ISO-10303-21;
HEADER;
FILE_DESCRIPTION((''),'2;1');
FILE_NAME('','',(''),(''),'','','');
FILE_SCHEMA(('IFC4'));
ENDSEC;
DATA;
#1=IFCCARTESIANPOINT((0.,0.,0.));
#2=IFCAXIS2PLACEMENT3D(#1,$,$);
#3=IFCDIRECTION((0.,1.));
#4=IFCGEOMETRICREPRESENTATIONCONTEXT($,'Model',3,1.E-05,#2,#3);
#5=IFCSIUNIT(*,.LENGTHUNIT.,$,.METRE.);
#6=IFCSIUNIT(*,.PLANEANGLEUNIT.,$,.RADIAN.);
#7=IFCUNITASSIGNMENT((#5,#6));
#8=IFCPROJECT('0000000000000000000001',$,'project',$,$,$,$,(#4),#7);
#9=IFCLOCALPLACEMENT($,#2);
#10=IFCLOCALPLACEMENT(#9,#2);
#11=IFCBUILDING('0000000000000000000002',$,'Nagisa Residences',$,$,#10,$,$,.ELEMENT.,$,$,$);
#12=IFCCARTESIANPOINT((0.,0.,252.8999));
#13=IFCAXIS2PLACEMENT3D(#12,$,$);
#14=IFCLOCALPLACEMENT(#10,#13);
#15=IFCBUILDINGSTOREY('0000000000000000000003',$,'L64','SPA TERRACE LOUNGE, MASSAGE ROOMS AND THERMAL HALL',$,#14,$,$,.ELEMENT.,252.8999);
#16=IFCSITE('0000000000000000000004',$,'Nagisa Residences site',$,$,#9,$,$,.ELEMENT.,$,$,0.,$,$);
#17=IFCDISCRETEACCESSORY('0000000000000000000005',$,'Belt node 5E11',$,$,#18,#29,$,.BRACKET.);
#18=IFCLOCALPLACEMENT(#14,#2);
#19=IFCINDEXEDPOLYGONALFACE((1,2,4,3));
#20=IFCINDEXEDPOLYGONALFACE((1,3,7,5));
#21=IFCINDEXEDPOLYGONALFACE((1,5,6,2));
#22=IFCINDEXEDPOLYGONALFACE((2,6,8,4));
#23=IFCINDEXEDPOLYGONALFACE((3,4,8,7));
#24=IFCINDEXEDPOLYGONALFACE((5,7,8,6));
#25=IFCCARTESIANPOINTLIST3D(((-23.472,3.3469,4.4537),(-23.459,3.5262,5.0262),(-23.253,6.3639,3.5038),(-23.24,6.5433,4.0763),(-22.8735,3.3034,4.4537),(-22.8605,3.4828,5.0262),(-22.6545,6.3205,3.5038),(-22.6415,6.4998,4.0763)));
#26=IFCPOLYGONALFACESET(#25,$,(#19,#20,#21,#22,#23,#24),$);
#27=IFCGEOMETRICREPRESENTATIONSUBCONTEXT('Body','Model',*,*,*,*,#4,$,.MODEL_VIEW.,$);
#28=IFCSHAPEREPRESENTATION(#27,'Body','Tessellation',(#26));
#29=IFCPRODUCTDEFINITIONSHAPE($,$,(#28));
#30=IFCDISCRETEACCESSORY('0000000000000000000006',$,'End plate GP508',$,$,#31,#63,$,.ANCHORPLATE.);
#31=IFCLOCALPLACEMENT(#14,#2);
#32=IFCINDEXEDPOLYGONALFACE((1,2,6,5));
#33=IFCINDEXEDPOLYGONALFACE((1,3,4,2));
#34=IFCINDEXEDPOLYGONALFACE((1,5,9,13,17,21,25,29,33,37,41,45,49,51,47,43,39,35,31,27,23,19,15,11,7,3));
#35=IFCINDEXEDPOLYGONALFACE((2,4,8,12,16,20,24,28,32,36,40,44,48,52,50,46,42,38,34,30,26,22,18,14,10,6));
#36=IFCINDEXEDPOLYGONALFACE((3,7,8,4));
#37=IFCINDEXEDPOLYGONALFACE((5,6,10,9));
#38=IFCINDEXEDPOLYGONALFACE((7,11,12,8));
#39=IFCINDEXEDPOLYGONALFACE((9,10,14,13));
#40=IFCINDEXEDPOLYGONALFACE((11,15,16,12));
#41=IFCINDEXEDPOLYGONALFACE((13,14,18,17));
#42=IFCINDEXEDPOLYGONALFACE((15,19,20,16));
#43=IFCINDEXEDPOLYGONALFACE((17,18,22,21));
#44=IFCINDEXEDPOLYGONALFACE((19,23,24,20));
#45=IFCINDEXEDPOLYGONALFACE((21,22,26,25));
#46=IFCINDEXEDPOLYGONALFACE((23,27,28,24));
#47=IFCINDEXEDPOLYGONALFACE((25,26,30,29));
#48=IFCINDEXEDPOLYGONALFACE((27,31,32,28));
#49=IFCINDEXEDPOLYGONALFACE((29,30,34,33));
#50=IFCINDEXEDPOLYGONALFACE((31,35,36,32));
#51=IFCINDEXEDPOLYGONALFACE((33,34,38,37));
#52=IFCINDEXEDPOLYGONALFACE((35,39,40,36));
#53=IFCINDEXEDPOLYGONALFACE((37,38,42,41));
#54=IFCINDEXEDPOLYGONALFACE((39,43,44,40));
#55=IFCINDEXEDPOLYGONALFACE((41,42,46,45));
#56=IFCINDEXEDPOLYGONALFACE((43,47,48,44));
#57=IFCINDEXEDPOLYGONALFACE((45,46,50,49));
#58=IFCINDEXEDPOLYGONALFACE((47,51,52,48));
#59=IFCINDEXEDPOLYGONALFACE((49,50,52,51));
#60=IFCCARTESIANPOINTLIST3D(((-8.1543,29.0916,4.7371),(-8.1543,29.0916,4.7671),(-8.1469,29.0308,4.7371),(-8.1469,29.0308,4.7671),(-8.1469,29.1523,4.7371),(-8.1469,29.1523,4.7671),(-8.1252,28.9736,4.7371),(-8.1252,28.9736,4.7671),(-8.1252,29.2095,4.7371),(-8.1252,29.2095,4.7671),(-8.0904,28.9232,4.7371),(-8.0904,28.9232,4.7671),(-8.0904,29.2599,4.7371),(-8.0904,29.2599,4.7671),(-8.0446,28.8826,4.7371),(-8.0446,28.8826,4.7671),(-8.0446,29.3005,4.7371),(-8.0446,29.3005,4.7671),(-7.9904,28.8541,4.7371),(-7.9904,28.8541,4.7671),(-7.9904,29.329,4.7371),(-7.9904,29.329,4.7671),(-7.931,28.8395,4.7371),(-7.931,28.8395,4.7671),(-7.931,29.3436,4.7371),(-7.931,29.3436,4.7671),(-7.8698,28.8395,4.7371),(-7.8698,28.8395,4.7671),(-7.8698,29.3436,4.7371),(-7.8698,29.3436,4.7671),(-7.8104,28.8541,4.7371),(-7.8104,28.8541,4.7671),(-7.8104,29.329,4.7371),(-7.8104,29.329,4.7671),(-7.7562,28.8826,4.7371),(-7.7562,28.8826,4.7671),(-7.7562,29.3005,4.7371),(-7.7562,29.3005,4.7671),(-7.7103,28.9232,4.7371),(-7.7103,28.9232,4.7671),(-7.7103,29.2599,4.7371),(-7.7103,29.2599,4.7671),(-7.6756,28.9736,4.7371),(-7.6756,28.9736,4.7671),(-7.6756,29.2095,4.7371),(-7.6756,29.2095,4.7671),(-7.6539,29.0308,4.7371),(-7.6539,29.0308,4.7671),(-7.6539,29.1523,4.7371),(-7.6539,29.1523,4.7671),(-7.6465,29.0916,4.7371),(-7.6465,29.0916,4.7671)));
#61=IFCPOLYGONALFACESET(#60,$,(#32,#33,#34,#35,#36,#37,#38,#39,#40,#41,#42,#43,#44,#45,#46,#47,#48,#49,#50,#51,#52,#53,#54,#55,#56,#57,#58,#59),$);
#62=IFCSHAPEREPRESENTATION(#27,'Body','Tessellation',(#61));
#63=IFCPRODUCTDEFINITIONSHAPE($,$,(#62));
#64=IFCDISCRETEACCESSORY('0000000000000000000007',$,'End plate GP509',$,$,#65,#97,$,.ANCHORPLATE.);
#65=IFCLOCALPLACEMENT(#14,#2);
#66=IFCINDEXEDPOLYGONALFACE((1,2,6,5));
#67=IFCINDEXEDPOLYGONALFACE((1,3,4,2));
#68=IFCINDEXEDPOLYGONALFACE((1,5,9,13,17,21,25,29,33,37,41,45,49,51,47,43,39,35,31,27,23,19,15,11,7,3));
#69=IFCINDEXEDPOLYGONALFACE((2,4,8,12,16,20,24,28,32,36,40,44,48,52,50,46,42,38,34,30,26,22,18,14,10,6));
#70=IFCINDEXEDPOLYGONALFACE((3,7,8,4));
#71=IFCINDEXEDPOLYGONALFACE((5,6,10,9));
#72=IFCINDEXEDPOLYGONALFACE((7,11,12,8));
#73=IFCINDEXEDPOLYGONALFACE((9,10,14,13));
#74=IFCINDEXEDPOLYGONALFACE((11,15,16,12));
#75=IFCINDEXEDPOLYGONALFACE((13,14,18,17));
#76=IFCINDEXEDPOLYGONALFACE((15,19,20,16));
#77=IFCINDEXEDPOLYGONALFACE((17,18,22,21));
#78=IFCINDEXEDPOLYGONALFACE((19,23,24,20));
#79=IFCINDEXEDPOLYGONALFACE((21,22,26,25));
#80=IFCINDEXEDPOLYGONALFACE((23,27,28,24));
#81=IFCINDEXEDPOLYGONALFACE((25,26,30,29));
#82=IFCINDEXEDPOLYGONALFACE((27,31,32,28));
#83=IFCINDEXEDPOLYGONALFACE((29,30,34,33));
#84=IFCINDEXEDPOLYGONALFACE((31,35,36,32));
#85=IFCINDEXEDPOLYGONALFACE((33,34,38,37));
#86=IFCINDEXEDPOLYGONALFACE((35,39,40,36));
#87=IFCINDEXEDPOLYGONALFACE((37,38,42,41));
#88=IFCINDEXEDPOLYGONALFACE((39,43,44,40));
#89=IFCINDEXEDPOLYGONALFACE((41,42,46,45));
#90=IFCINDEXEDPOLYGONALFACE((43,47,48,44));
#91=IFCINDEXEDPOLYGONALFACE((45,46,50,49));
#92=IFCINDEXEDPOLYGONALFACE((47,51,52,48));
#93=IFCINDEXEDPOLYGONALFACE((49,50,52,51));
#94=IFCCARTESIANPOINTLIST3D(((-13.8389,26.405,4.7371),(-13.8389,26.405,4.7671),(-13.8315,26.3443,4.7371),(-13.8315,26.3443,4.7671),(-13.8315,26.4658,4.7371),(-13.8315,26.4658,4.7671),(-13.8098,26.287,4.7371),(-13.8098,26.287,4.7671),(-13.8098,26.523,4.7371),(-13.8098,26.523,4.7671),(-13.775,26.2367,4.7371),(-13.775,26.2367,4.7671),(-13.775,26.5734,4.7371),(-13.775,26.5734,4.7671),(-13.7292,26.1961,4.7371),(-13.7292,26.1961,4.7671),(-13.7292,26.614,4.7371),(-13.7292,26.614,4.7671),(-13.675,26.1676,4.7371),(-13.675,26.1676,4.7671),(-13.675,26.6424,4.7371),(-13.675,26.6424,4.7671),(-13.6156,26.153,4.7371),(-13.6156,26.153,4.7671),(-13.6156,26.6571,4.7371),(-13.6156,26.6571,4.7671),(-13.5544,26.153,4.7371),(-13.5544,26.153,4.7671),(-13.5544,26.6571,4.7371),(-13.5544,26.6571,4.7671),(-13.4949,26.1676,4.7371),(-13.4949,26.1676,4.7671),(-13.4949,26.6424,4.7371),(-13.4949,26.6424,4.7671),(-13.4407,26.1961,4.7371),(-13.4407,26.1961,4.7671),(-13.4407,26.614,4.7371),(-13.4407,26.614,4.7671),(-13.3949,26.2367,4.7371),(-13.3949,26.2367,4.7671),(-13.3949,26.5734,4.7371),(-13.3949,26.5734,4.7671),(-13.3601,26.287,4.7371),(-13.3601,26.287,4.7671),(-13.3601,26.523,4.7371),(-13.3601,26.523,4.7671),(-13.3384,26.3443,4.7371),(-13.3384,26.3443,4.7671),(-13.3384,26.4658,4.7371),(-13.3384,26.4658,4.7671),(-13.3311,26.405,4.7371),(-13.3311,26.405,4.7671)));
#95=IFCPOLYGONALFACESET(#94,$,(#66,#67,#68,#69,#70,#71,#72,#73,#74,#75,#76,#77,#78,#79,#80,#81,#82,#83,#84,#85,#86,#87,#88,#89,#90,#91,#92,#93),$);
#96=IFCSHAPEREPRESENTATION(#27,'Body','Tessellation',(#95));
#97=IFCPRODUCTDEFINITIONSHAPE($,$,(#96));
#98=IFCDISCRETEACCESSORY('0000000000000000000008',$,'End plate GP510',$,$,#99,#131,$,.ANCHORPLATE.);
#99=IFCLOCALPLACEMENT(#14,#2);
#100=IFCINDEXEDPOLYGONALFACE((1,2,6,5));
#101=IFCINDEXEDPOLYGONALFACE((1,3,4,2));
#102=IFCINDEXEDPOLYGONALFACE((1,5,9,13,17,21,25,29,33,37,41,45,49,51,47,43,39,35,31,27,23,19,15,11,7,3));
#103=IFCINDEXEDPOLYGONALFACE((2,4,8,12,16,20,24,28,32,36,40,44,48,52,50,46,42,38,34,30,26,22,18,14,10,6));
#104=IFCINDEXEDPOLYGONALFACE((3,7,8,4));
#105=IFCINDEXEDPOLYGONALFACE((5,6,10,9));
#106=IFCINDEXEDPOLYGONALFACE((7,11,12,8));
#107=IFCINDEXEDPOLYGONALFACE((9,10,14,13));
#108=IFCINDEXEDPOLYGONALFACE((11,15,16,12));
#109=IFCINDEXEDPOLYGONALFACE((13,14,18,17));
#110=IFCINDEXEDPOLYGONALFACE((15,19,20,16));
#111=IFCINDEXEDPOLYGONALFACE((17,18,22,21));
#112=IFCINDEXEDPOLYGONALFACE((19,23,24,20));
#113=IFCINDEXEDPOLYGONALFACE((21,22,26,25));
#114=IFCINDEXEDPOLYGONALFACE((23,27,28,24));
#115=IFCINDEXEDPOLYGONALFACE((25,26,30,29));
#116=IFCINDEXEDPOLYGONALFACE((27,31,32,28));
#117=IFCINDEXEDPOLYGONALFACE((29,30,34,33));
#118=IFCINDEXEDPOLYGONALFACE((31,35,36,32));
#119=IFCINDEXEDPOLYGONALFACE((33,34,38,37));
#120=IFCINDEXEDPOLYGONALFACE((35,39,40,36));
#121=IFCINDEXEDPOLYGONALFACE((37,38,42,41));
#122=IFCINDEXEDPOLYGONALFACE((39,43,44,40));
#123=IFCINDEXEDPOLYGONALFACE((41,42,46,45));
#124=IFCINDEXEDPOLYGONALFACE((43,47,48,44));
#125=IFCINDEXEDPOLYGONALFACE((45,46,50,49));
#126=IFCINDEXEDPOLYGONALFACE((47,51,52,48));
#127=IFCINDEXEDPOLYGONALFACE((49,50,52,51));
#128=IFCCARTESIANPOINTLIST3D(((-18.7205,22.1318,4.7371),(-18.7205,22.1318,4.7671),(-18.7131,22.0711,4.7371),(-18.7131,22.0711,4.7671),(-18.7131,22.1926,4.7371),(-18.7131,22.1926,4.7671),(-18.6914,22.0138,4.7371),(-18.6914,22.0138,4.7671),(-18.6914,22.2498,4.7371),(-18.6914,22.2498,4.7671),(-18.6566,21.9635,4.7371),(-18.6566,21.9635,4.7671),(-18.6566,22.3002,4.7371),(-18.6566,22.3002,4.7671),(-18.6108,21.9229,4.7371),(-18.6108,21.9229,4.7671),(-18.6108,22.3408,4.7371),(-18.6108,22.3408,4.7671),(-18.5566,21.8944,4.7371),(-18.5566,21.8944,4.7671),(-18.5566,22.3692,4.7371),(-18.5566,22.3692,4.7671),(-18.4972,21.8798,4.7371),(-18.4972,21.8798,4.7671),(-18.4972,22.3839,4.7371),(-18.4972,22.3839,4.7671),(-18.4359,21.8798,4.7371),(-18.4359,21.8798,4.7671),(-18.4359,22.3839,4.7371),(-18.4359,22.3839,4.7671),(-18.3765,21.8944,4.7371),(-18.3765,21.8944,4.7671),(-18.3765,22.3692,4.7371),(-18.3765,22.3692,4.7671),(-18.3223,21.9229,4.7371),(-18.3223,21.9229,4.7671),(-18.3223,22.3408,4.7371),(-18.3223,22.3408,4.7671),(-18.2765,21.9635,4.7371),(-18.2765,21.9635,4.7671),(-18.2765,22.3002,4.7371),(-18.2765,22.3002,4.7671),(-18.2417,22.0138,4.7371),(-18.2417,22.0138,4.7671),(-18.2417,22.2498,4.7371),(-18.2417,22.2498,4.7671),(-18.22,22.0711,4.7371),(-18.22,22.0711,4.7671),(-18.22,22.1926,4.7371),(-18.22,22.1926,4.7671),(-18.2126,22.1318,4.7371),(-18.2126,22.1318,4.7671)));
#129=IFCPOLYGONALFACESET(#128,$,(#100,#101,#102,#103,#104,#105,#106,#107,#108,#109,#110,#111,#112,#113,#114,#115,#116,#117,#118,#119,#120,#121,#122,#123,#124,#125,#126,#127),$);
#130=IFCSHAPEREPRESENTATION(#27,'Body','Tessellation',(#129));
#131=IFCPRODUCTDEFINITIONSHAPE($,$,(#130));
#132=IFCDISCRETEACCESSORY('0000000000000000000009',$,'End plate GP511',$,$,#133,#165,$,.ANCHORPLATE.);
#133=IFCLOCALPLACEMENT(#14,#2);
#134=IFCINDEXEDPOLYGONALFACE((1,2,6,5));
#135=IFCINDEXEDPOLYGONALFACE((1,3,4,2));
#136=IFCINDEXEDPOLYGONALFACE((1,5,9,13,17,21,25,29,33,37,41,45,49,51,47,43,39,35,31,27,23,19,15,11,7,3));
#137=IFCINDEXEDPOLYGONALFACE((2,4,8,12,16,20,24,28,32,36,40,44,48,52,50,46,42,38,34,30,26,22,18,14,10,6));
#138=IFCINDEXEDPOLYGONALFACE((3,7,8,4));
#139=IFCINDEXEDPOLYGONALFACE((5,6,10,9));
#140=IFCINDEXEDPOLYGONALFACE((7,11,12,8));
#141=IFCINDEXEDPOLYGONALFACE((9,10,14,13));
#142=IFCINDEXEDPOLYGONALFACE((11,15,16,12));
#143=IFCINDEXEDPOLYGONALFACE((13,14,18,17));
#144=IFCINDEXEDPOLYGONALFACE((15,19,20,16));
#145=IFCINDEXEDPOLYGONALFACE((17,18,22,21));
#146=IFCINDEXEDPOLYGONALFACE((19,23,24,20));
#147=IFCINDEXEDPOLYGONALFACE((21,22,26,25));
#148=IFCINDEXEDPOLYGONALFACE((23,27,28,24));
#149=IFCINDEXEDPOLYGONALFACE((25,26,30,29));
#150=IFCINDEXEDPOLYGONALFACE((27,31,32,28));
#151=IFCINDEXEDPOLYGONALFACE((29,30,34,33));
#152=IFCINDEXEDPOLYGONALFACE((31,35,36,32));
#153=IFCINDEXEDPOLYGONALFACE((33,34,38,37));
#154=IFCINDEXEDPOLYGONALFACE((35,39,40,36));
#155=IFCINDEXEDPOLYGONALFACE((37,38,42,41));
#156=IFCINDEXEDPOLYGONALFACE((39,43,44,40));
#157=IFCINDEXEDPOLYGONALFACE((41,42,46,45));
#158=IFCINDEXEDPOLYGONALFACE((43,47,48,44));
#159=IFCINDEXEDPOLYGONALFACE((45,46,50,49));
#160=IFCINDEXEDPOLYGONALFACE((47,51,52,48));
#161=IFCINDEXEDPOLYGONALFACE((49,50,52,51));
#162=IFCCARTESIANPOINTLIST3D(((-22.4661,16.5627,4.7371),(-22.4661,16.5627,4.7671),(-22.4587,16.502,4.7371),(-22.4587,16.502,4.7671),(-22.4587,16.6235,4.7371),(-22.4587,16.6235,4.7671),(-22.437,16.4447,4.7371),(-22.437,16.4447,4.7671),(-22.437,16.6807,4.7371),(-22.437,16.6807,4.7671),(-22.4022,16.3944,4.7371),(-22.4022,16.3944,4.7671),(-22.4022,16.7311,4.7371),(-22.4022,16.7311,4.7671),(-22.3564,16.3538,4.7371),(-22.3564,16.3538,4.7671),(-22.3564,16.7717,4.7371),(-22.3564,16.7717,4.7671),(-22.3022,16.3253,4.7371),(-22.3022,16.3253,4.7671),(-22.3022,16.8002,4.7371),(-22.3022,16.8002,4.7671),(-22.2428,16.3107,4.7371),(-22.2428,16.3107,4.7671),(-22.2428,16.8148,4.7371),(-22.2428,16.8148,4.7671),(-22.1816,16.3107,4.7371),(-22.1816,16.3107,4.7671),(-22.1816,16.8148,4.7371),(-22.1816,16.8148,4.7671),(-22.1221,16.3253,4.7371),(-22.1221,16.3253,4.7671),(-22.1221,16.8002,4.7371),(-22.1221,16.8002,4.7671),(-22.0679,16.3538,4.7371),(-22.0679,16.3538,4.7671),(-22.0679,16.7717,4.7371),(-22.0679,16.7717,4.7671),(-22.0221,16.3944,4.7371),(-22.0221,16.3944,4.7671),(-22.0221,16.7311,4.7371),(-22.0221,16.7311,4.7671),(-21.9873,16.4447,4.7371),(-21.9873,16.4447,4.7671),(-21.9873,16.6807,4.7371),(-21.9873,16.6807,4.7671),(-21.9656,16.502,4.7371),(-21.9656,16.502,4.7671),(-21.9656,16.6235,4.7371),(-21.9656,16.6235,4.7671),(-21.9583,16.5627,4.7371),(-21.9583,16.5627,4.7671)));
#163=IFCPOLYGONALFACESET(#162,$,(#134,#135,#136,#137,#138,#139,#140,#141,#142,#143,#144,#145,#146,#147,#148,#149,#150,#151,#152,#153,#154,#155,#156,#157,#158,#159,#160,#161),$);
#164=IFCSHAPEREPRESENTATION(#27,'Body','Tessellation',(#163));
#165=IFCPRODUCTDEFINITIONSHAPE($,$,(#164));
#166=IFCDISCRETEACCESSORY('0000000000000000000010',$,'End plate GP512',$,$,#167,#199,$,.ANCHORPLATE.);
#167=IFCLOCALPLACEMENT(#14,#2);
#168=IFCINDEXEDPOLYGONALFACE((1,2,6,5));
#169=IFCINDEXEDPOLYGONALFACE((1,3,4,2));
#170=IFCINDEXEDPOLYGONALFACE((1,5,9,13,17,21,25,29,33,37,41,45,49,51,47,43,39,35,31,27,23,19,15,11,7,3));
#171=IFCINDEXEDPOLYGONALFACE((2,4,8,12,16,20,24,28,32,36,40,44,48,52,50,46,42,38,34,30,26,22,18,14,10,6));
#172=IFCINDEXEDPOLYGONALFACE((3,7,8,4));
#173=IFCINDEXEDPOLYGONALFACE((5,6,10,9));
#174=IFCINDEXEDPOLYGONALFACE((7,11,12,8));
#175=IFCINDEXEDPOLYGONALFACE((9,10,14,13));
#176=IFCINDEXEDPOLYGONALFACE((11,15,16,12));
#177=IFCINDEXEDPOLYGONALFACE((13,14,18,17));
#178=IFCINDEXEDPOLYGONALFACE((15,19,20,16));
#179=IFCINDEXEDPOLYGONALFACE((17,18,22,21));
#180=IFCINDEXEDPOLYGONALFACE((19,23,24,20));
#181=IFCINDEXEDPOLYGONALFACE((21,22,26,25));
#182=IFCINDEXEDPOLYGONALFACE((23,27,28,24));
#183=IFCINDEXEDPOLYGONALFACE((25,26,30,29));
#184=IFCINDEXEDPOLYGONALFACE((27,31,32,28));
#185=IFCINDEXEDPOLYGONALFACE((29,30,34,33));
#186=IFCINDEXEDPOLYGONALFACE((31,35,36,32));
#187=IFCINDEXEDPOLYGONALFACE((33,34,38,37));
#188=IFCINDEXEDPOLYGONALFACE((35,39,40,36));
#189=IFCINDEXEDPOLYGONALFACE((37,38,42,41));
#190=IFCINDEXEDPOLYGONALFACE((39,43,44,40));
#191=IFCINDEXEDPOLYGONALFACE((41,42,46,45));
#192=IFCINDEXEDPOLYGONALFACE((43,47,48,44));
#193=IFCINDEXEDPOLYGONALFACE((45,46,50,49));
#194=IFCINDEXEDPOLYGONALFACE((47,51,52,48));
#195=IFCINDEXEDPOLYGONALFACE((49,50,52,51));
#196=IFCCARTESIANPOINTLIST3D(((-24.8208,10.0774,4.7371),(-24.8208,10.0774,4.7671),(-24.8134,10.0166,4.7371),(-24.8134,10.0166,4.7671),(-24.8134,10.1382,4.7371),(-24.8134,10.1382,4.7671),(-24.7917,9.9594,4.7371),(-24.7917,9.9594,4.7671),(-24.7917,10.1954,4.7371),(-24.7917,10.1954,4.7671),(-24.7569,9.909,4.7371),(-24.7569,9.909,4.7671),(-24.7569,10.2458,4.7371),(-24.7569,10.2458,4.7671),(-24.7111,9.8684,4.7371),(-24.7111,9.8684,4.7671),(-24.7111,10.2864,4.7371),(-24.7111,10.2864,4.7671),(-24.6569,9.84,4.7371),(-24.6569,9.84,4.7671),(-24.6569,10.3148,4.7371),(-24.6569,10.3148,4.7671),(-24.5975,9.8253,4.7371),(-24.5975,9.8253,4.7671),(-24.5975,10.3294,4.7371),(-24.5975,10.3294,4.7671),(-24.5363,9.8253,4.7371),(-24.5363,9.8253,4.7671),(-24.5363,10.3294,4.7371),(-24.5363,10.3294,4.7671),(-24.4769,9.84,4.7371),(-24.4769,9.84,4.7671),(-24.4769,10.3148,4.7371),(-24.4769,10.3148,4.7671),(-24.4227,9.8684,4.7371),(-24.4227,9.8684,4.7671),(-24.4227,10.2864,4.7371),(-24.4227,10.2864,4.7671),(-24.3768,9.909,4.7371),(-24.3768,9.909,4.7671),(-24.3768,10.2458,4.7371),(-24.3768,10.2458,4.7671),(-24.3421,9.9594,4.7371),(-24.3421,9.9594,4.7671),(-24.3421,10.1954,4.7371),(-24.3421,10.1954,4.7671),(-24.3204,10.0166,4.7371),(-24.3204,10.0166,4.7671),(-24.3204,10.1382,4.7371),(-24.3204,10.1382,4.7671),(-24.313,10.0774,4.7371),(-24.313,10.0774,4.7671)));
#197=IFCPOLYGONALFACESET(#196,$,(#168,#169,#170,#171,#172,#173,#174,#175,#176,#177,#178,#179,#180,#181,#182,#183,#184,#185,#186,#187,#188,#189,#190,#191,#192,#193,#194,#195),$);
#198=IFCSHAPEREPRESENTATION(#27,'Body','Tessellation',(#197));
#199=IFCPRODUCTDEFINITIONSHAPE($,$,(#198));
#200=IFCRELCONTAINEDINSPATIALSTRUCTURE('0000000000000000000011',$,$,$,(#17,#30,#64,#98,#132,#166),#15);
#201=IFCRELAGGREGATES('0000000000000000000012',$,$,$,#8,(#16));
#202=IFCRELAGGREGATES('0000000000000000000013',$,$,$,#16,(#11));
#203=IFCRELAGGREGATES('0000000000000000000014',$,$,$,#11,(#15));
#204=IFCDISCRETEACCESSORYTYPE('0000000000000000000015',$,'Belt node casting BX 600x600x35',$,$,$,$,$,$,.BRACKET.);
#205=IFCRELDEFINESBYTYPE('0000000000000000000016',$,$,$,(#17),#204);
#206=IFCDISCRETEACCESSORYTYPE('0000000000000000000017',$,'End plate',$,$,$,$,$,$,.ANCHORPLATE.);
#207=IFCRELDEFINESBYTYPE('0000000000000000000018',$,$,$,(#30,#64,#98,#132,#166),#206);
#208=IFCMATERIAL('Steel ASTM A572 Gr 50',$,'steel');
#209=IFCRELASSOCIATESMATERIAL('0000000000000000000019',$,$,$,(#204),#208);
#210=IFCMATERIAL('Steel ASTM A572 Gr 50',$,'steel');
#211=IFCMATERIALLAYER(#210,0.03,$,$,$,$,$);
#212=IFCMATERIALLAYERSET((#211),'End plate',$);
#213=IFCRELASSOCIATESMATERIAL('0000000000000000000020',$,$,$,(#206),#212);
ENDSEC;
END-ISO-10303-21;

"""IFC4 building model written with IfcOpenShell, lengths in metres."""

from ifc_helpers import new_model, si_unit, direction, frame, origin, origin_2d, place, context, subcontext, project, spatial, rectangle, circle, extrude, material, layer, layer_set, type_object, element, save


model = new_model("IFC4")

# Units and contexts
model_context = context("Model", 3, precision=1e-05, world=origin(), true_north=direction((0.0, 1.0)))
body_context = subcontext(model_context, "Body", "Model", "MODEL_VIEW")
ifc_project = project(units=[si_unit("LENGTHUNIT", "METRE"), si_unit("PLANEANGLEUNIT", "RADIAN")], contexts=[model_context])

# Site, building, storey
site_placement = place(None, origin())
site = spatial("IfcSite", under=ifc_project, at=site_placement, Name="Nagisa Residences site", CompositionType="ELEMENT", RefElevation=0.0)
building_placement = place(site_placement, origin())
building = spatial("IfcBuilding", under=site, at=building_placement, Name="Nagisa Residences", CompositionType="ELEMENT")
storey_placement = place(building_placement, frame((0.0, 0.0, 252.8999)))
storey = spatial("IfcBuildingStorey", under=building, at=storey_placement, Name="L64", Description="SPA TERRACE LOUNGE, MASSAGE ROOMS AND THERMAL HALL", CompositionType="ELEMENT", Elevation=252.8999)

# Discrete accessories
ifc_material_1 = material(Name="Steel ASTM A572 Gr 50", Category="steel")
discrete_accessory_type_1 = type_object("IfcDiscreteAccessoryType", Name="Belt node casting BX 600x600x35", PredefinedType="BRACKET", material=ifc_material_1)
discrete_accessory_1_placement = place(storey_placement, frame((-22.9473, 6.4319, 3.79), z_axis=(-0.069069, -0.95156, 0.299605), x_axis=(0.997376, -0.072394, 0.0)))
element("IfcDiscreteAccessory", 1, at=discrete_accessory_1_placement, inside=storey, type_object=discrete_accessory_type_1, Name="Belt node 5E11", PredefinedType="BRACKET", context=body_context, shape_type="SweptSolid", body=[
    extrude(rectangle(XDim=0.6001, YDim=0.6001, at=origin_2d()), origin(), (0.0, 0.0, 1.0), 3.1707),
])
ifc_material_2 = material(Name="Steel ASTM A572 Gr 50", Category="steel")
ifc_layer_1 = layer(ifc_material_2, 0.03)
ifc_layer_set_1 = layer_set([ifc_layer_1], Name="End plate")
discrete_accessory_type_2 = type_object("IfcDiscreteAccessoryType", Name="End plate", PredefinedType="ANCHORPLATE", material=ifc_layer_set_1)
for number, where, z_axis, x_axis, name in (
    (2, (-7.9004, 29.0916, 4.7371), (0.0, 0.0, 1.0), (1.0, 0.0, 0.0), "End plate GP508"),
    (3, (-13.585, 26.405, 4.7371), (0.0, 0.0, 1.0), (1.0, 0.0, 0.0), "End plate GP509"),
    (4, (-18.4666, 22.1318, 4.7371), (0.0, 0.0, 1.0), (1.0, 0.0, 0.0), "End plate GP510"),
    (5, (-22.2122, 16.5627, 4.7371), (0.0, 0.0, 1.0), (1.0, 0.0, 0.0), "End plate GP511"),
    (6, (-24.5669, 10.0774, 4.7371), (0.0, 0.0, 1.0), (1.0, 0.0, 0.0), "End plate GP512"),
):
    element("IfcDiscreteAccessory", number, at=place(storey_placement, frame(where, z_axis=z_axis, x_axis=x_axis)), inside=storey, type_object=discrete_accessory_type_2, Name=name, PredefinedType="ANCHORPLATE", context=body_context, shape_type="SweptSolid", body=[
        extrude(circle(Radius=0.2539, at=origin_2d()), origin(), (0.0, 0.0, 1.0), 0.03),
    ])

save(model, "model.ifc")
